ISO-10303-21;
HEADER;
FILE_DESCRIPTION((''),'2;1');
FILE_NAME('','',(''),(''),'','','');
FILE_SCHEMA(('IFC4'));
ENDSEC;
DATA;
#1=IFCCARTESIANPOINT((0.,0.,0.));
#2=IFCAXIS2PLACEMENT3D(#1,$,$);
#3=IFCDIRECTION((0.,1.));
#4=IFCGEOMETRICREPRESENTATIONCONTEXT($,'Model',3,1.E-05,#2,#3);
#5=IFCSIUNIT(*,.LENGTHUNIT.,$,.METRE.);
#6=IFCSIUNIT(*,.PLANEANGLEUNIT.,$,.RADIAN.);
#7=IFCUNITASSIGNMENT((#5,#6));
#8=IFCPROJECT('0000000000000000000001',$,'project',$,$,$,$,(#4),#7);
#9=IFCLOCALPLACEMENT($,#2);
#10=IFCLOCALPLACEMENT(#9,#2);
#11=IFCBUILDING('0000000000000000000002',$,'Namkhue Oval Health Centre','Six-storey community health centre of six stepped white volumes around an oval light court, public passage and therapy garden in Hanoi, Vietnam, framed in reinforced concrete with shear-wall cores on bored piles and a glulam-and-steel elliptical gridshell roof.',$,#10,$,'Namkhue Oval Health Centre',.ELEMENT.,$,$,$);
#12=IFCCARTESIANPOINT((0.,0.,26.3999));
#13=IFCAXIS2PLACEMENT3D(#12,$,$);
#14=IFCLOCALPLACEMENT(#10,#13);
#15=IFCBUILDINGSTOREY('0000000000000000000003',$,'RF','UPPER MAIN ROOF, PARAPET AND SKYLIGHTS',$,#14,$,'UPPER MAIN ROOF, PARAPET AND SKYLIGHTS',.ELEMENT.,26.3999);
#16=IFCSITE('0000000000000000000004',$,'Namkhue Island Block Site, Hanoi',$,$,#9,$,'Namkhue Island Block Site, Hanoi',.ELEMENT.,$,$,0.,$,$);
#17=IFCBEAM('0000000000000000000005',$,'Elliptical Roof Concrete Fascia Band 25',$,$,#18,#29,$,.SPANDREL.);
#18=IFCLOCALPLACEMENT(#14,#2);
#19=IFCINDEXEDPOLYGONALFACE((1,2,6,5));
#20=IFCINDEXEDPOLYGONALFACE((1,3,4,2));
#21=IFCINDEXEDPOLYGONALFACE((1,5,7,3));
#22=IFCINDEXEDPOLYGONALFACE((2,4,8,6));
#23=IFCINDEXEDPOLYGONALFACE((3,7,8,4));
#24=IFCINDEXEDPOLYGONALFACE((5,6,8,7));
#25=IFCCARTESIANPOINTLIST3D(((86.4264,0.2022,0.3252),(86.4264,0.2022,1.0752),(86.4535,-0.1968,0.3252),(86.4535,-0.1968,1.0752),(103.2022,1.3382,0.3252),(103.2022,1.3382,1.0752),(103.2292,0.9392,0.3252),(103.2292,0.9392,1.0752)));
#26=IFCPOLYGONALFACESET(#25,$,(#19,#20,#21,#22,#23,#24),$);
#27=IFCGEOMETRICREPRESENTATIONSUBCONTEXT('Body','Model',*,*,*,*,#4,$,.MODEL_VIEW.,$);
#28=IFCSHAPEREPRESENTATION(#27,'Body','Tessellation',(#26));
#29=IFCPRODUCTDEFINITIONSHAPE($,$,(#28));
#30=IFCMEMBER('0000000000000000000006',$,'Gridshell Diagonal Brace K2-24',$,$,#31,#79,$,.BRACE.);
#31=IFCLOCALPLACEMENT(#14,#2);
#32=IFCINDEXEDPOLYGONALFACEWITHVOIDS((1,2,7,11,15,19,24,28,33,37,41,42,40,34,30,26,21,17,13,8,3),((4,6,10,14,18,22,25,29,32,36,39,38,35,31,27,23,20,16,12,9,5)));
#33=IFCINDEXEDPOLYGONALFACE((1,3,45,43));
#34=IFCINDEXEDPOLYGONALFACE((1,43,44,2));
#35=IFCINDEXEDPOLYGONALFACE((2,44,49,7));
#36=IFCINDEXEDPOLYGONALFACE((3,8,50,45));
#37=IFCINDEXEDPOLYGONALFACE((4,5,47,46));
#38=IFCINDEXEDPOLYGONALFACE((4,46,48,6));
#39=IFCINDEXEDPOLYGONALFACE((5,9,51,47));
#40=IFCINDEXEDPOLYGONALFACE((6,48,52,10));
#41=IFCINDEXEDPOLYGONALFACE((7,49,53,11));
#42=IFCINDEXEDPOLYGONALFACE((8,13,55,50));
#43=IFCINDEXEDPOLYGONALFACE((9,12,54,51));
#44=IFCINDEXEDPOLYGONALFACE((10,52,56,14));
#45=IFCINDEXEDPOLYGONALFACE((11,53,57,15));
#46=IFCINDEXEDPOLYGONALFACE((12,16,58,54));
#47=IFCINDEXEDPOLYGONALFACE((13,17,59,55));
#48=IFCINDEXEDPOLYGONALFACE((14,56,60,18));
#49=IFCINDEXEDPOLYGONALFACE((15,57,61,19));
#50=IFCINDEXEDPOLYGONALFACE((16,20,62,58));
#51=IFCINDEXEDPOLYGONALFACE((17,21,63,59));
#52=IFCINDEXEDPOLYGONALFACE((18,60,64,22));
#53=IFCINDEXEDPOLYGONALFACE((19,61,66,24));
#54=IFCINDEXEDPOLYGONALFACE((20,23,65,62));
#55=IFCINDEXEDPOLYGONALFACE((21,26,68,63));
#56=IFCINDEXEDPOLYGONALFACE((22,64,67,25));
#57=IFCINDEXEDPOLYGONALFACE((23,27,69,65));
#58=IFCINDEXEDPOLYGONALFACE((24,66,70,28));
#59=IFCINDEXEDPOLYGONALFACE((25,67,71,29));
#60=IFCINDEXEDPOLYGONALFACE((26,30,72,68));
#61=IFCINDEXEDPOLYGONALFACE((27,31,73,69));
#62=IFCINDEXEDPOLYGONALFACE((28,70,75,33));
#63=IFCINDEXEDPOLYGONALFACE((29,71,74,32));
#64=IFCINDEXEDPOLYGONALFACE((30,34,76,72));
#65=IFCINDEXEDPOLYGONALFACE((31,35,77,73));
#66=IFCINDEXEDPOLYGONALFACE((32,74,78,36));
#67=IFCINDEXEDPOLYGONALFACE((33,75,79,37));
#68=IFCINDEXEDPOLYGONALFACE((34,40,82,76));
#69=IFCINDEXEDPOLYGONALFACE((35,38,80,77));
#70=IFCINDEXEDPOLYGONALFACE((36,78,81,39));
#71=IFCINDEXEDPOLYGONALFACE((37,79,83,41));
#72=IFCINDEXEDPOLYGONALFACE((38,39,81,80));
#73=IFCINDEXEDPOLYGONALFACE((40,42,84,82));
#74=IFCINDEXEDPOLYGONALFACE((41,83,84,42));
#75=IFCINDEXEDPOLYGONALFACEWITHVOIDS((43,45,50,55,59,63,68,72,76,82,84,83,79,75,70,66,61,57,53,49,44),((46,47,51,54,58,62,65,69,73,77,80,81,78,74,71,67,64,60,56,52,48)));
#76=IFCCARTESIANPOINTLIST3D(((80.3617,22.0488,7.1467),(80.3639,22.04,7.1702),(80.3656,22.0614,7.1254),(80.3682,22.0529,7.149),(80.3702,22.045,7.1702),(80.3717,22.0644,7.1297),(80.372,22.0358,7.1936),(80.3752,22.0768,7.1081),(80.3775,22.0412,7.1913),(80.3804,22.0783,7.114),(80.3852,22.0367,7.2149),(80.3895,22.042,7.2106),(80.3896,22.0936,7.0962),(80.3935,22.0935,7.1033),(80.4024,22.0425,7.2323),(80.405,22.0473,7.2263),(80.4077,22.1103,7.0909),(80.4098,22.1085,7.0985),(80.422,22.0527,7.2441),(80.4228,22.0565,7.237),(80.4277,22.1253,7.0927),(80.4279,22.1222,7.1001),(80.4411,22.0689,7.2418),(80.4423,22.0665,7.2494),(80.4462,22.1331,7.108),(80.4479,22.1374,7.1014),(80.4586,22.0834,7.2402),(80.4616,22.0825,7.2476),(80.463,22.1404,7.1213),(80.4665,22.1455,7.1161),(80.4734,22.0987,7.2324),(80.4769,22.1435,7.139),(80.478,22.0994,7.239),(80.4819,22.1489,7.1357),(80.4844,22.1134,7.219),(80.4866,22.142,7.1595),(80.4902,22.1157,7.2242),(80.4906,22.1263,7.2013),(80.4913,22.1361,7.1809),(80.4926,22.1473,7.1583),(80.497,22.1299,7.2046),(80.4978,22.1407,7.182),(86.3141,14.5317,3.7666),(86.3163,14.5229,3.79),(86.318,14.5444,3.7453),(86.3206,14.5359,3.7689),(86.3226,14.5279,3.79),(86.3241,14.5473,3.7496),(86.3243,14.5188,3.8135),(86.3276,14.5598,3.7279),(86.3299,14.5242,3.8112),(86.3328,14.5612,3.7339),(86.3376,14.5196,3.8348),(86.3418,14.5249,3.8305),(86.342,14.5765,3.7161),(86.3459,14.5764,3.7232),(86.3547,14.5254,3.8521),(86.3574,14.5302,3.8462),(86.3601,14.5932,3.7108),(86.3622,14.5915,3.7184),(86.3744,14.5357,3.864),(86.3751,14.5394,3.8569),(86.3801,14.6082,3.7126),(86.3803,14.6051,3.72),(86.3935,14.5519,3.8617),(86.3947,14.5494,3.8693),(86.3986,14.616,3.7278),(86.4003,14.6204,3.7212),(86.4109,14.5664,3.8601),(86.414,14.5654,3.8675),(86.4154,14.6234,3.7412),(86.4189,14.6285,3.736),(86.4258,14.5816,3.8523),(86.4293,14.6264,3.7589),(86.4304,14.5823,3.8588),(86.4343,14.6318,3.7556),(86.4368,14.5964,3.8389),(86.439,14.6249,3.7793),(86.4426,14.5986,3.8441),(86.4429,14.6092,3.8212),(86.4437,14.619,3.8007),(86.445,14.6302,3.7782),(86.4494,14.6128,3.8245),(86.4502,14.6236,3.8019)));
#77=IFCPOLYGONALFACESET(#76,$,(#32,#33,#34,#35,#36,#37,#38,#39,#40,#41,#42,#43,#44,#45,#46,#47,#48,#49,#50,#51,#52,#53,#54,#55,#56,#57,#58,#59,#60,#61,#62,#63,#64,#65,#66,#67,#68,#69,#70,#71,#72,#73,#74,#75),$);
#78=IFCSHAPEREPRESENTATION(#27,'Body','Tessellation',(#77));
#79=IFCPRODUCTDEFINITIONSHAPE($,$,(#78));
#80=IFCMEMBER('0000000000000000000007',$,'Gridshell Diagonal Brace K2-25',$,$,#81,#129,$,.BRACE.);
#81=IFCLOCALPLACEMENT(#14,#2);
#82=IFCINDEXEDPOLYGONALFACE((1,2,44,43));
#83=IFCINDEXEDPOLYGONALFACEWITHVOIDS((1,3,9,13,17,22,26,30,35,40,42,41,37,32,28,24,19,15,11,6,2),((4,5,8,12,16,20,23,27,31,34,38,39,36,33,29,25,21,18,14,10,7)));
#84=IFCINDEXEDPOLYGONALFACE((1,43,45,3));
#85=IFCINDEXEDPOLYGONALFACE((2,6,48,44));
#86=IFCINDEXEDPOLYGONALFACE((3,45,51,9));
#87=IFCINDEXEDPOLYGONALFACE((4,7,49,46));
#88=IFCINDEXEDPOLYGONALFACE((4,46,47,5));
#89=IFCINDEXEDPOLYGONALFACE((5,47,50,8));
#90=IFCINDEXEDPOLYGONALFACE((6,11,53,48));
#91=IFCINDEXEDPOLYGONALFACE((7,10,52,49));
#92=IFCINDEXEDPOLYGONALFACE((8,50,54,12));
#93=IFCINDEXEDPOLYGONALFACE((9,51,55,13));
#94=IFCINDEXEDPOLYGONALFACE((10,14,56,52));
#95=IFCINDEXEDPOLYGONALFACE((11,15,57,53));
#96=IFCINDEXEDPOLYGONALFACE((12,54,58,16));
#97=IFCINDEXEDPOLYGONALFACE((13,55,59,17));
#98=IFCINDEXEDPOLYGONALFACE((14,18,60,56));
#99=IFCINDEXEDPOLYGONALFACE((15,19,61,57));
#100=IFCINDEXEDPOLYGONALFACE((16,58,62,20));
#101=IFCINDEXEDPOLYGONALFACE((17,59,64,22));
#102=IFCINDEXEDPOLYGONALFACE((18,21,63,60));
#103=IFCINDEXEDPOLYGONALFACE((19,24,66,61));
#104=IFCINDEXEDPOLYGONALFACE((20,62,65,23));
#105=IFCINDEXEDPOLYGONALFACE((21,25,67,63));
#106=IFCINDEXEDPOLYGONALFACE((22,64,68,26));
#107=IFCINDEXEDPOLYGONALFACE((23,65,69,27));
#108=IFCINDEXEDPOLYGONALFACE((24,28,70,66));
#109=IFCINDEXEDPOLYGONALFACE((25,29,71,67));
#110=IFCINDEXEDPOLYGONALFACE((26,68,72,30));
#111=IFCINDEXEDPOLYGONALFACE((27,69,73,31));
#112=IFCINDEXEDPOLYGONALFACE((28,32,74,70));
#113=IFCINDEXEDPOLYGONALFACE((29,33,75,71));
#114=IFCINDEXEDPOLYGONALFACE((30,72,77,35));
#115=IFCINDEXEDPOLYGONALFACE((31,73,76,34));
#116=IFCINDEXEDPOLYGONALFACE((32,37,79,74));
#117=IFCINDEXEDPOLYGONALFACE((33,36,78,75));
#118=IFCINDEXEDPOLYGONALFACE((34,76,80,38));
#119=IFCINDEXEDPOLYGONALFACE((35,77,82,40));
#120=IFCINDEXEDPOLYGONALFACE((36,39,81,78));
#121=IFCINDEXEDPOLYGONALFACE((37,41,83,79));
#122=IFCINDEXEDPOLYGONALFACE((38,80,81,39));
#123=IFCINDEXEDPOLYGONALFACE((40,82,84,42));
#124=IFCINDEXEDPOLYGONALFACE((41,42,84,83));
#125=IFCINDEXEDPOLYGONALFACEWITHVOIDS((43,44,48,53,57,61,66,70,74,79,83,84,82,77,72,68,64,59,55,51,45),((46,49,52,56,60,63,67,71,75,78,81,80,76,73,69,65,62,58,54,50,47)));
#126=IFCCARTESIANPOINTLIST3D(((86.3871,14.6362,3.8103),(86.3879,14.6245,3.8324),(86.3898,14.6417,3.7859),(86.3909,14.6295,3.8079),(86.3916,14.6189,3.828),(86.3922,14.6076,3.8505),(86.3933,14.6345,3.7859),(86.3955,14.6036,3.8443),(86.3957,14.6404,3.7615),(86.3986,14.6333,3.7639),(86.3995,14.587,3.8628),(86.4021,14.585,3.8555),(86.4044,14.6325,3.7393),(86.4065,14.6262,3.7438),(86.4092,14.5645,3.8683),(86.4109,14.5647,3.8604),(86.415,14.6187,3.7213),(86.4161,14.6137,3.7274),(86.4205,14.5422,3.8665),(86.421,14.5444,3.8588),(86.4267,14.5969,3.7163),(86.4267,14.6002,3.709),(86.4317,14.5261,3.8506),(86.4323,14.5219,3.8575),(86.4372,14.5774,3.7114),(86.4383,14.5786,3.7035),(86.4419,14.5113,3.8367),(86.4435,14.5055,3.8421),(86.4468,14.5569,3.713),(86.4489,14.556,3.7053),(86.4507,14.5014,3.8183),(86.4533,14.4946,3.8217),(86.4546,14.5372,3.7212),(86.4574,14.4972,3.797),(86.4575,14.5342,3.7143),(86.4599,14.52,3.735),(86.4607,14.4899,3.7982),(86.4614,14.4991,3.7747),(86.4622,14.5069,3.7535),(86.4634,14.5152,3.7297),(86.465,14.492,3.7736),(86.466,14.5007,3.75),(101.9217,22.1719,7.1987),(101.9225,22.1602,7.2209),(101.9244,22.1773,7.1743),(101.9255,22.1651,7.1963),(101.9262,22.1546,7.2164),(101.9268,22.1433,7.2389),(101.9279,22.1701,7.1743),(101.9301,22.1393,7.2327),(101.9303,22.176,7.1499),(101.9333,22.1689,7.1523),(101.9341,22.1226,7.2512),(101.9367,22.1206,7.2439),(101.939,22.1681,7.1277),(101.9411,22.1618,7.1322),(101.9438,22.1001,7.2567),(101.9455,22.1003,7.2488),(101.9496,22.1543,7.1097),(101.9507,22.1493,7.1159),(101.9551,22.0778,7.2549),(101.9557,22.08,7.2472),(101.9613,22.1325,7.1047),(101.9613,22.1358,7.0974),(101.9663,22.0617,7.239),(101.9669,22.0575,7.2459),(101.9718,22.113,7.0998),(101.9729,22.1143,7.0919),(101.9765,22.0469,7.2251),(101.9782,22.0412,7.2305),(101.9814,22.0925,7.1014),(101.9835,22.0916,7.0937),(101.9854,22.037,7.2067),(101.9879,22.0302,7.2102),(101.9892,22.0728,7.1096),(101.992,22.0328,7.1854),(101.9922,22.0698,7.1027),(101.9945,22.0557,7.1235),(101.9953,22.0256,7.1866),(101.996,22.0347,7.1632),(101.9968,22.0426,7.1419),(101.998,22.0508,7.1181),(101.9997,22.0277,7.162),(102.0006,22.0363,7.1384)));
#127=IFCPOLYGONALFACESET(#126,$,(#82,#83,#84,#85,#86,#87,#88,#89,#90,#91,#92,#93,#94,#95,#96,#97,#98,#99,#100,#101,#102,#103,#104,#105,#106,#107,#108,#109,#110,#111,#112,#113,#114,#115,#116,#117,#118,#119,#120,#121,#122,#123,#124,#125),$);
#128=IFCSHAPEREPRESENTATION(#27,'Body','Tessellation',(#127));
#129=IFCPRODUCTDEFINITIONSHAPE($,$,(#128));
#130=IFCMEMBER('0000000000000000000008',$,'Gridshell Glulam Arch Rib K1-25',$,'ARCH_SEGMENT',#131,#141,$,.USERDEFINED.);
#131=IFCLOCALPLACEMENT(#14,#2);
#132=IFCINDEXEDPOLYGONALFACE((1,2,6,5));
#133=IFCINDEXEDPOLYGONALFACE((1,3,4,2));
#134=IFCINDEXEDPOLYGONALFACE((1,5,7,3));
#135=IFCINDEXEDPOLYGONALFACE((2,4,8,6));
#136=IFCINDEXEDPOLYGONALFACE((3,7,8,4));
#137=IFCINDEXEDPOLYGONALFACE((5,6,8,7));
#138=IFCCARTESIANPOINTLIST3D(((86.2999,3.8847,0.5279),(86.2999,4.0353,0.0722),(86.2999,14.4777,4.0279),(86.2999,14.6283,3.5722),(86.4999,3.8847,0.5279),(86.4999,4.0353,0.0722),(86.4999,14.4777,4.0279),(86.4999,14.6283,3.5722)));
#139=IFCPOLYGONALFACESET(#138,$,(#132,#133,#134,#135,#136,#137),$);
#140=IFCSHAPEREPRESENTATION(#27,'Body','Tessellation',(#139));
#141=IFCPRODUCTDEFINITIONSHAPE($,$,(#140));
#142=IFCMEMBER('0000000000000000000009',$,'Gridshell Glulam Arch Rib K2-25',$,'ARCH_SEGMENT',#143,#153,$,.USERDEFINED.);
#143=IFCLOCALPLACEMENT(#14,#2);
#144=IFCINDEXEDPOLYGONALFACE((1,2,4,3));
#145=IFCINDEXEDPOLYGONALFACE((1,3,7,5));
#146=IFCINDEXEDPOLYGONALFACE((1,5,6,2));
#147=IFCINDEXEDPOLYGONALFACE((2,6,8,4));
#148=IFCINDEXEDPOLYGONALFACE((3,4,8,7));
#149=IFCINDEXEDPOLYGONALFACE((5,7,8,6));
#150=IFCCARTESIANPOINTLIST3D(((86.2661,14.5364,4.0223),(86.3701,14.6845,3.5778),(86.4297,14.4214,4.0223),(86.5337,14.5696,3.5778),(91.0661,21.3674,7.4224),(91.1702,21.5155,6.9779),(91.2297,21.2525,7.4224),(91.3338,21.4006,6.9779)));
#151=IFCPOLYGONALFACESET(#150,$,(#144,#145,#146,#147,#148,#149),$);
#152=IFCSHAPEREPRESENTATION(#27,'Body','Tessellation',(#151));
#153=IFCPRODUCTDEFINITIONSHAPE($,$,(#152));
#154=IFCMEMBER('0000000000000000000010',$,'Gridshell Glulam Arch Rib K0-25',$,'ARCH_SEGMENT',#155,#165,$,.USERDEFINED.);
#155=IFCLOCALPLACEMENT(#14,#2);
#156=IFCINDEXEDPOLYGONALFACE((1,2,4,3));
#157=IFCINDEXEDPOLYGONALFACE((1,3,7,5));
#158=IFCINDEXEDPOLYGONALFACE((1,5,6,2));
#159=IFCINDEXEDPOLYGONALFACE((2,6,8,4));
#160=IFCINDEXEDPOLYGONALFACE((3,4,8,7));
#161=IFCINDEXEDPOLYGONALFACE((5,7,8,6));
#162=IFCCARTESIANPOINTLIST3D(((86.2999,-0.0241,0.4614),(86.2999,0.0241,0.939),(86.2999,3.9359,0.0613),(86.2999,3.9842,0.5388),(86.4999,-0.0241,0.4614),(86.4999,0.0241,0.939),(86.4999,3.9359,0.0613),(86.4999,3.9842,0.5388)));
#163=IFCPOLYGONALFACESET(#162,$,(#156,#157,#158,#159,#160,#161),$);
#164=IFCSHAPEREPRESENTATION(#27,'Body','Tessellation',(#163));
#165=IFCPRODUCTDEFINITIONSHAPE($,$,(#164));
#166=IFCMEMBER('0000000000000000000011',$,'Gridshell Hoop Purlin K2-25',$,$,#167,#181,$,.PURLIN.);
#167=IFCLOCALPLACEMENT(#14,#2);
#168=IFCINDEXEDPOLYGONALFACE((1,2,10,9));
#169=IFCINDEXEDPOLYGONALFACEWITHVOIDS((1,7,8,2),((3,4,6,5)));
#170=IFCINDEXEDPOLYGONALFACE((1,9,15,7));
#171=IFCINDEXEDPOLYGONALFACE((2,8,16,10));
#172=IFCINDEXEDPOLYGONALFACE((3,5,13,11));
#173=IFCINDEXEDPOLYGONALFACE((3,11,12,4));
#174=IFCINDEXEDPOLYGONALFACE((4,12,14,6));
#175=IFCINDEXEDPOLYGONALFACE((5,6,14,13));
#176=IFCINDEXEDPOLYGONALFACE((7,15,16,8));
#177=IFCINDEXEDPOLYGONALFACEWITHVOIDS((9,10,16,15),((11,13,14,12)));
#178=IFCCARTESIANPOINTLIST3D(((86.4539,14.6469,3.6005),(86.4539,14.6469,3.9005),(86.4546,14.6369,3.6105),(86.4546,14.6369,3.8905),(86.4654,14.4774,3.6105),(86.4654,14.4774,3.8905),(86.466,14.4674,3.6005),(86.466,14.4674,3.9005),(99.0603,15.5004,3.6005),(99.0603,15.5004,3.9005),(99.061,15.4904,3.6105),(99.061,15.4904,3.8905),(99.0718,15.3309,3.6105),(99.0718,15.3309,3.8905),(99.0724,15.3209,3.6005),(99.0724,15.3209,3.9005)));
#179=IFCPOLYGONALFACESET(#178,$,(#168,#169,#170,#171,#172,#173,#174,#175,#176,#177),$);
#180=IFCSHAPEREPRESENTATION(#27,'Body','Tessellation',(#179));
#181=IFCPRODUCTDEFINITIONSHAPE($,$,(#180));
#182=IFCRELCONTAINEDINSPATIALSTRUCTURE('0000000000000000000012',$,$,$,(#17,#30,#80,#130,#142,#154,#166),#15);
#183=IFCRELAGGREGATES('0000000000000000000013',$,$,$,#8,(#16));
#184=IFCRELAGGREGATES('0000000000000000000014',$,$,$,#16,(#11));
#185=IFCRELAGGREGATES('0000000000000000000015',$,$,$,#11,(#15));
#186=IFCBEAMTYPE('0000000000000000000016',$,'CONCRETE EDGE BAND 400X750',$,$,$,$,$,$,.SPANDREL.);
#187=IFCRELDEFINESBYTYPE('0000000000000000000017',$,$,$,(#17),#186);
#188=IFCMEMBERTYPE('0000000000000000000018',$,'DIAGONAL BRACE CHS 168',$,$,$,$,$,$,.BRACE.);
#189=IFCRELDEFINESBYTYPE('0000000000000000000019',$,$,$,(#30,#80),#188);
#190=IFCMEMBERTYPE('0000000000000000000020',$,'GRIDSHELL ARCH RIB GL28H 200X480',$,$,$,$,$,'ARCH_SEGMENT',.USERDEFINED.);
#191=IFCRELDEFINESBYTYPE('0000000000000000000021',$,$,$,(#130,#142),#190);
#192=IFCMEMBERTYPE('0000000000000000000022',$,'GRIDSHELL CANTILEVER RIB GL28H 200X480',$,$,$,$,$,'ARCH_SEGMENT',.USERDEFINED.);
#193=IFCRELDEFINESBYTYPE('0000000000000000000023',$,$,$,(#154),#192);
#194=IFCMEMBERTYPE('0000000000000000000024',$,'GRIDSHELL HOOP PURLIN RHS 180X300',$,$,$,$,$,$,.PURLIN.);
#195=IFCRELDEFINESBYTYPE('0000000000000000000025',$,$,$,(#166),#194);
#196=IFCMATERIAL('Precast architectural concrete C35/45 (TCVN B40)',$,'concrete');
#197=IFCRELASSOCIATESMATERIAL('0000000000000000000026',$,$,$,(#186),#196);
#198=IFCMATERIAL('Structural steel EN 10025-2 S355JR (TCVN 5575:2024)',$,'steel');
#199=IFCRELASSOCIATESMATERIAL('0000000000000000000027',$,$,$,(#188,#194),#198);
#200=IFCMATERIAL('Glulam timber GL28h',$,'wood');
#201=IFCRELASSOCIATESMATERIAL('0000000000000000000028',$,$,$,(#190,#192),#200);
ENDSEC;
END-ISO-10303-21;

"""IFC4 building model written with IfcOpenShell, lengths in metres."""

from ifc_helpers import new_model, si_unit, direction, frame, origin, origin_2d, place, context, subcontext, project, spatial, rectangle, hollow_rectangle, hollow_circle, extrude, material, material_profile, profile_set, type_object, element, save


model = new_model("IFC4")

# Units and contexts
model_context = context("Model", 3, precision=1e-05, world=origin(), true_north=direction((0.0, 1.0)))
body_context = subcontext(model_context, "Body", "Model", "MODEL_VIEW")
ifc_project = project(units=[si_unit("LENGTHUNIT", "METRE"), si_unit("PLANEANGLEUNIT", "RADIAN")], contexts=[model_context])

# Site, building, storey
site_placement = place(None, origin())
site = spatial("IfcSite", under=ifc_project, at=site_placement, Name="Namkhue Island Block Site, Hanoi", LongName="Namkhue Island Block Site, Hanoi", CompositionType="ELEMENT", RefElevation=0.0)
building_placement = place(site_placement, origin())
building = spatial("IfcBuilding", under=site, at=building_placement, Name="Namkhue Oval Health Centre", Description="Six-storey community health centre of six stepped white volumes around an oval light court, public passage and therapy garden in Hanoi, Vietnam, framed in reinforced concrete with shear-wall cores on bored piles and a glulam-and-steel elliptical gridshell roof.", LongName="Namkhue Oval Health Centre", CompositionType="ELEMENT")
storey_placement = place(building_placement, frame((0.0, 0.0, 26.3999)))
storey = spatial("IfcBuildingStorey", under=building, at=storey_placement, Name="RF", Description="UPPER MAIN ROOF, PARAPET AND SKYLIGHTS", LongName="UPPER MAIN ROOF, PARAPET AND SKYLIGHTS", CompositionType="ELEMENT", Elevation=26.3999)

# Beam
ifc_material_1 = material(Name="Precast architectural concrete C35/45 (TCVN B40)", Category="concrete")
ifc_material_profile_1 = material_profile(ifc_material_1, rectangle(XDim=0.3999, YDim=0.75, at=origin_2d()), Name="RC 400x750")
ifc_profile_set_1 = profile_set([ifc_material_profile_1], Name="Precast architectural concrete C35/45 (TCVN B40)")
beam_type = type_object("IfcBeamType", Name="CONCRETE EDGE BAND 400X750", PredefinedType="SPANDREL", material=ifc_profile_set_1)
beam_placement = place(storey_placement, frame((86.4399, 0.0027, 0.7002), z_axis=(0.997715, 0.067561, 0.0), x_axis=(-0.067561, 0.997715, 0.0)))
element("IfcBeam", 1, at=beam_placement, inside=storey, type_object=beam_type, Name="Elliptical Roof Concrete Fascia Band 25", PredefinedType="SPANDREL", context=body_context, shape_type="SweptSolid", body=[
    extrude(rectangle(XDim=0.3999, YDim=0.75, at=origin_2d()), origin(), (0.0, 0.0, 1.0), 16.8142),
])

# Members
ifc_material_2 = material(Name="Structural steel EN 10025-2 S355JR (TCVN 5575:2024)", Category="steel")
ifc_material_profile_2 = material_profile(ifc_material_2, hollow_circle(Radius=0.0842, WallThickness=0.0081, at=origin_2d()), Name="CHS 168.3x8")
ifc_profile_set_2 = profile_set([ifc_material_profile_2], Name="Structural steel EN 10025-2 S355JR (TCVN 5575:2024)")
member_type_1 = type_object("IfcMemberType", Name="DIAGONAL BRACE CHS 168", PredefinedType="BRACE", material=ifc_profile_set_2)
member_1_placement = place(storey_placement, frame((86.3823, 14.5752, 3.79), z_axis=(-0.585476, 0.73938, 0.332469), x_axis=(-0.783977, -0.62079, 0.0)))
element("IfcMember", 2, at=member_1_placement, inside=storey, type_object=member_type_1, Name="Gridshell Diagonal Brace K2-24", PredefinedType="BRACE", context=body_context, shape_type="SweptSolid", body=[
    extrude(hollow_circle(Radius=0.0842, WallThickness=0.0081, at=origin_2d()), origin(), (0.0, 0.0, 1.0), 10.1667),
])
member_2_placement = place(storey_placement, frame((86.4265, 14.5659, 3.7859), z_axis=(0.882889, 0.428277, 0.192576), x_axis=(-0.436446, 0.89973, 0.0)))
element("IfcMember", 3, at=member_2_placement, inside=storey, type_object=member_type_1, Name="Gridshell Diagonal Brace K2-25", PredefinedType="BRACE", context=body_context, shape_type="SweptSolid", body=[
    extrude(hollow_circle(Radius=0.0842, WallThickness=0.0081, at=origin_2d()), origin(), (0.0, 0.0, 1.0), 17.5952),
])
ifc_material_3 = material(Name="Glulam timber GL28h", Category="wood")
ifc_material_profile_3 = material_profile(ifc_material_3, rectangle(XDim=0.2, YDim=0.48, at=origin_2d()), Name="GL28h 200x480")
ifc_profile_set_3 = profile_set([ifc_material_profile_3], Name="Glulam timber GL28h")
member_type_2 = type_object("IfcMemberType", Name="GRIDSHELL ARCH RIB GL28H 200X480", ElementType="ARCH_SEGMENT", PredefinedType="USERDEFINED", material=ifc_profile_set_3)
member_3_placement = place(storey_placement, frame((86.3999, 3.96, 0.3), z_axis=(0.0, 0.949514, 0.313725), x_axis=(-1.0, 0.0, 0.0)))
element("IfcMember", 4, at=member_3_placement, inside=storey, type_object=member_type_2, Name="Gridshell Glulam Arch Rib K1-25", ObjectType="ARCH_SEGMENT", PredefinedType="USERDEFINED", context=body_context, shape_type="SweptSolid", body=[
    extrude(rectangle(XDim=0.2, YDim=0.48, at=origin_2d()), origin(), (0.0, 0.0, 1.0), 11.1562),
])
member_4_placement = place(storey_placement, frame((86.3999, 14.553, 3.8), z_axis=(0.532469, 0.757769, 0.377178), x_axis=(-0.8182, 0.574933, 0.0)))
element("IfcMember", 5, at=member_4_placement, inside=storey, type_object=member_type_2, Name="Gridshell Glulam Arch Rib K2-25", ObjectType="ARCH_SEGMENT", PredefinedType="USERDEFINED", context=body_context, shape_type="SweptSolid", body=[
    extrude(rectangle(XDim=0.2, YDim=0.48, at=origin_2d()), origin(), (0.0, 0.0, 1.0), 9.0146),
])
ifc_material_profile_4 = material_profile(ifc_material_3, rectangle(XDim=0.2, YDim=0.48, at=origin_2d()), Name="GL28h 200x480")
ifc_profile_set_4 = profile_set([ifc_material_profile_4], Name="Glulam timber GL28h")
member_type_3 = type_object("IfcMemberType", Name="GRIDSHELL CANTILEVER RIB GL28H 200X480", ElementType="ARCH_SEGMENT", PredefinedType="USERDEFINED", material=ifc_profile_set_4)
member_5_placement = place(storey_placement, frame((86.3999, 0.0, 0.7002), z_axis=(0.0, 0.994933, -0.100536), x_axis=(-1.0, 0.0, 0.0)))
element("IfcMember", 6, at=member_5_placement, inside=storey, type_object=member_type_3, Name="Gridshell Glulam Arch Rib K0-25", ObjectType="ARCH_SEGMENT", PredefinedType="USERDEFINED", context=body_context, shape_type="SweptSolid", body=[
    extrude(rectangle(XDim=0.2, YDim=0.48, at=origin_2d()), origin(), (0.0, 0.0, 1.0), 3.9802),
])
ifc_material_profile_5 = material_profile(ifc_material_2, hollow_rectangle(XDim=0.1799, YDim=0.3, WallThickness=0.01, at=origin_2d()), Name="RHS 180x300x10")
ifc_profile_set_5 = profile_set([ifc_material_profile_5], Name="Structural steel EN 10025-2 S355JR (TCVN 5575:2024)")
member_type_4 = type_object("IfcMemberType", Name="GRIDSHELL HOOP PURLIN RHS 180X300", PredefinedType="PURLIN", material=ifc_profile_set_5)
member_6_placement = place(storey_placement, frame((86.46, 14.5571, 3.7505), z_axis=(0.997716, 0.06755, 0.0), x_axis=(-0.06755, 0.997716, 0.0)))
element("IfcMember", 7, at=member_6_placement, inside=storey, type_object=member_type_4, Name="Gridshell Hoop Purlin K2-25", PredefinedType="PURLIN", context=body_context, shape_type="SweptSolid", body=[
    extrude(hollow_rectangle(XDim=0.1799, YDim=0.3, WallThickness=0.01, at=origin_2d()), origin(), (0.0, 0.0, 1.0), 12.6353),
])

save(model, "model.ifc")
